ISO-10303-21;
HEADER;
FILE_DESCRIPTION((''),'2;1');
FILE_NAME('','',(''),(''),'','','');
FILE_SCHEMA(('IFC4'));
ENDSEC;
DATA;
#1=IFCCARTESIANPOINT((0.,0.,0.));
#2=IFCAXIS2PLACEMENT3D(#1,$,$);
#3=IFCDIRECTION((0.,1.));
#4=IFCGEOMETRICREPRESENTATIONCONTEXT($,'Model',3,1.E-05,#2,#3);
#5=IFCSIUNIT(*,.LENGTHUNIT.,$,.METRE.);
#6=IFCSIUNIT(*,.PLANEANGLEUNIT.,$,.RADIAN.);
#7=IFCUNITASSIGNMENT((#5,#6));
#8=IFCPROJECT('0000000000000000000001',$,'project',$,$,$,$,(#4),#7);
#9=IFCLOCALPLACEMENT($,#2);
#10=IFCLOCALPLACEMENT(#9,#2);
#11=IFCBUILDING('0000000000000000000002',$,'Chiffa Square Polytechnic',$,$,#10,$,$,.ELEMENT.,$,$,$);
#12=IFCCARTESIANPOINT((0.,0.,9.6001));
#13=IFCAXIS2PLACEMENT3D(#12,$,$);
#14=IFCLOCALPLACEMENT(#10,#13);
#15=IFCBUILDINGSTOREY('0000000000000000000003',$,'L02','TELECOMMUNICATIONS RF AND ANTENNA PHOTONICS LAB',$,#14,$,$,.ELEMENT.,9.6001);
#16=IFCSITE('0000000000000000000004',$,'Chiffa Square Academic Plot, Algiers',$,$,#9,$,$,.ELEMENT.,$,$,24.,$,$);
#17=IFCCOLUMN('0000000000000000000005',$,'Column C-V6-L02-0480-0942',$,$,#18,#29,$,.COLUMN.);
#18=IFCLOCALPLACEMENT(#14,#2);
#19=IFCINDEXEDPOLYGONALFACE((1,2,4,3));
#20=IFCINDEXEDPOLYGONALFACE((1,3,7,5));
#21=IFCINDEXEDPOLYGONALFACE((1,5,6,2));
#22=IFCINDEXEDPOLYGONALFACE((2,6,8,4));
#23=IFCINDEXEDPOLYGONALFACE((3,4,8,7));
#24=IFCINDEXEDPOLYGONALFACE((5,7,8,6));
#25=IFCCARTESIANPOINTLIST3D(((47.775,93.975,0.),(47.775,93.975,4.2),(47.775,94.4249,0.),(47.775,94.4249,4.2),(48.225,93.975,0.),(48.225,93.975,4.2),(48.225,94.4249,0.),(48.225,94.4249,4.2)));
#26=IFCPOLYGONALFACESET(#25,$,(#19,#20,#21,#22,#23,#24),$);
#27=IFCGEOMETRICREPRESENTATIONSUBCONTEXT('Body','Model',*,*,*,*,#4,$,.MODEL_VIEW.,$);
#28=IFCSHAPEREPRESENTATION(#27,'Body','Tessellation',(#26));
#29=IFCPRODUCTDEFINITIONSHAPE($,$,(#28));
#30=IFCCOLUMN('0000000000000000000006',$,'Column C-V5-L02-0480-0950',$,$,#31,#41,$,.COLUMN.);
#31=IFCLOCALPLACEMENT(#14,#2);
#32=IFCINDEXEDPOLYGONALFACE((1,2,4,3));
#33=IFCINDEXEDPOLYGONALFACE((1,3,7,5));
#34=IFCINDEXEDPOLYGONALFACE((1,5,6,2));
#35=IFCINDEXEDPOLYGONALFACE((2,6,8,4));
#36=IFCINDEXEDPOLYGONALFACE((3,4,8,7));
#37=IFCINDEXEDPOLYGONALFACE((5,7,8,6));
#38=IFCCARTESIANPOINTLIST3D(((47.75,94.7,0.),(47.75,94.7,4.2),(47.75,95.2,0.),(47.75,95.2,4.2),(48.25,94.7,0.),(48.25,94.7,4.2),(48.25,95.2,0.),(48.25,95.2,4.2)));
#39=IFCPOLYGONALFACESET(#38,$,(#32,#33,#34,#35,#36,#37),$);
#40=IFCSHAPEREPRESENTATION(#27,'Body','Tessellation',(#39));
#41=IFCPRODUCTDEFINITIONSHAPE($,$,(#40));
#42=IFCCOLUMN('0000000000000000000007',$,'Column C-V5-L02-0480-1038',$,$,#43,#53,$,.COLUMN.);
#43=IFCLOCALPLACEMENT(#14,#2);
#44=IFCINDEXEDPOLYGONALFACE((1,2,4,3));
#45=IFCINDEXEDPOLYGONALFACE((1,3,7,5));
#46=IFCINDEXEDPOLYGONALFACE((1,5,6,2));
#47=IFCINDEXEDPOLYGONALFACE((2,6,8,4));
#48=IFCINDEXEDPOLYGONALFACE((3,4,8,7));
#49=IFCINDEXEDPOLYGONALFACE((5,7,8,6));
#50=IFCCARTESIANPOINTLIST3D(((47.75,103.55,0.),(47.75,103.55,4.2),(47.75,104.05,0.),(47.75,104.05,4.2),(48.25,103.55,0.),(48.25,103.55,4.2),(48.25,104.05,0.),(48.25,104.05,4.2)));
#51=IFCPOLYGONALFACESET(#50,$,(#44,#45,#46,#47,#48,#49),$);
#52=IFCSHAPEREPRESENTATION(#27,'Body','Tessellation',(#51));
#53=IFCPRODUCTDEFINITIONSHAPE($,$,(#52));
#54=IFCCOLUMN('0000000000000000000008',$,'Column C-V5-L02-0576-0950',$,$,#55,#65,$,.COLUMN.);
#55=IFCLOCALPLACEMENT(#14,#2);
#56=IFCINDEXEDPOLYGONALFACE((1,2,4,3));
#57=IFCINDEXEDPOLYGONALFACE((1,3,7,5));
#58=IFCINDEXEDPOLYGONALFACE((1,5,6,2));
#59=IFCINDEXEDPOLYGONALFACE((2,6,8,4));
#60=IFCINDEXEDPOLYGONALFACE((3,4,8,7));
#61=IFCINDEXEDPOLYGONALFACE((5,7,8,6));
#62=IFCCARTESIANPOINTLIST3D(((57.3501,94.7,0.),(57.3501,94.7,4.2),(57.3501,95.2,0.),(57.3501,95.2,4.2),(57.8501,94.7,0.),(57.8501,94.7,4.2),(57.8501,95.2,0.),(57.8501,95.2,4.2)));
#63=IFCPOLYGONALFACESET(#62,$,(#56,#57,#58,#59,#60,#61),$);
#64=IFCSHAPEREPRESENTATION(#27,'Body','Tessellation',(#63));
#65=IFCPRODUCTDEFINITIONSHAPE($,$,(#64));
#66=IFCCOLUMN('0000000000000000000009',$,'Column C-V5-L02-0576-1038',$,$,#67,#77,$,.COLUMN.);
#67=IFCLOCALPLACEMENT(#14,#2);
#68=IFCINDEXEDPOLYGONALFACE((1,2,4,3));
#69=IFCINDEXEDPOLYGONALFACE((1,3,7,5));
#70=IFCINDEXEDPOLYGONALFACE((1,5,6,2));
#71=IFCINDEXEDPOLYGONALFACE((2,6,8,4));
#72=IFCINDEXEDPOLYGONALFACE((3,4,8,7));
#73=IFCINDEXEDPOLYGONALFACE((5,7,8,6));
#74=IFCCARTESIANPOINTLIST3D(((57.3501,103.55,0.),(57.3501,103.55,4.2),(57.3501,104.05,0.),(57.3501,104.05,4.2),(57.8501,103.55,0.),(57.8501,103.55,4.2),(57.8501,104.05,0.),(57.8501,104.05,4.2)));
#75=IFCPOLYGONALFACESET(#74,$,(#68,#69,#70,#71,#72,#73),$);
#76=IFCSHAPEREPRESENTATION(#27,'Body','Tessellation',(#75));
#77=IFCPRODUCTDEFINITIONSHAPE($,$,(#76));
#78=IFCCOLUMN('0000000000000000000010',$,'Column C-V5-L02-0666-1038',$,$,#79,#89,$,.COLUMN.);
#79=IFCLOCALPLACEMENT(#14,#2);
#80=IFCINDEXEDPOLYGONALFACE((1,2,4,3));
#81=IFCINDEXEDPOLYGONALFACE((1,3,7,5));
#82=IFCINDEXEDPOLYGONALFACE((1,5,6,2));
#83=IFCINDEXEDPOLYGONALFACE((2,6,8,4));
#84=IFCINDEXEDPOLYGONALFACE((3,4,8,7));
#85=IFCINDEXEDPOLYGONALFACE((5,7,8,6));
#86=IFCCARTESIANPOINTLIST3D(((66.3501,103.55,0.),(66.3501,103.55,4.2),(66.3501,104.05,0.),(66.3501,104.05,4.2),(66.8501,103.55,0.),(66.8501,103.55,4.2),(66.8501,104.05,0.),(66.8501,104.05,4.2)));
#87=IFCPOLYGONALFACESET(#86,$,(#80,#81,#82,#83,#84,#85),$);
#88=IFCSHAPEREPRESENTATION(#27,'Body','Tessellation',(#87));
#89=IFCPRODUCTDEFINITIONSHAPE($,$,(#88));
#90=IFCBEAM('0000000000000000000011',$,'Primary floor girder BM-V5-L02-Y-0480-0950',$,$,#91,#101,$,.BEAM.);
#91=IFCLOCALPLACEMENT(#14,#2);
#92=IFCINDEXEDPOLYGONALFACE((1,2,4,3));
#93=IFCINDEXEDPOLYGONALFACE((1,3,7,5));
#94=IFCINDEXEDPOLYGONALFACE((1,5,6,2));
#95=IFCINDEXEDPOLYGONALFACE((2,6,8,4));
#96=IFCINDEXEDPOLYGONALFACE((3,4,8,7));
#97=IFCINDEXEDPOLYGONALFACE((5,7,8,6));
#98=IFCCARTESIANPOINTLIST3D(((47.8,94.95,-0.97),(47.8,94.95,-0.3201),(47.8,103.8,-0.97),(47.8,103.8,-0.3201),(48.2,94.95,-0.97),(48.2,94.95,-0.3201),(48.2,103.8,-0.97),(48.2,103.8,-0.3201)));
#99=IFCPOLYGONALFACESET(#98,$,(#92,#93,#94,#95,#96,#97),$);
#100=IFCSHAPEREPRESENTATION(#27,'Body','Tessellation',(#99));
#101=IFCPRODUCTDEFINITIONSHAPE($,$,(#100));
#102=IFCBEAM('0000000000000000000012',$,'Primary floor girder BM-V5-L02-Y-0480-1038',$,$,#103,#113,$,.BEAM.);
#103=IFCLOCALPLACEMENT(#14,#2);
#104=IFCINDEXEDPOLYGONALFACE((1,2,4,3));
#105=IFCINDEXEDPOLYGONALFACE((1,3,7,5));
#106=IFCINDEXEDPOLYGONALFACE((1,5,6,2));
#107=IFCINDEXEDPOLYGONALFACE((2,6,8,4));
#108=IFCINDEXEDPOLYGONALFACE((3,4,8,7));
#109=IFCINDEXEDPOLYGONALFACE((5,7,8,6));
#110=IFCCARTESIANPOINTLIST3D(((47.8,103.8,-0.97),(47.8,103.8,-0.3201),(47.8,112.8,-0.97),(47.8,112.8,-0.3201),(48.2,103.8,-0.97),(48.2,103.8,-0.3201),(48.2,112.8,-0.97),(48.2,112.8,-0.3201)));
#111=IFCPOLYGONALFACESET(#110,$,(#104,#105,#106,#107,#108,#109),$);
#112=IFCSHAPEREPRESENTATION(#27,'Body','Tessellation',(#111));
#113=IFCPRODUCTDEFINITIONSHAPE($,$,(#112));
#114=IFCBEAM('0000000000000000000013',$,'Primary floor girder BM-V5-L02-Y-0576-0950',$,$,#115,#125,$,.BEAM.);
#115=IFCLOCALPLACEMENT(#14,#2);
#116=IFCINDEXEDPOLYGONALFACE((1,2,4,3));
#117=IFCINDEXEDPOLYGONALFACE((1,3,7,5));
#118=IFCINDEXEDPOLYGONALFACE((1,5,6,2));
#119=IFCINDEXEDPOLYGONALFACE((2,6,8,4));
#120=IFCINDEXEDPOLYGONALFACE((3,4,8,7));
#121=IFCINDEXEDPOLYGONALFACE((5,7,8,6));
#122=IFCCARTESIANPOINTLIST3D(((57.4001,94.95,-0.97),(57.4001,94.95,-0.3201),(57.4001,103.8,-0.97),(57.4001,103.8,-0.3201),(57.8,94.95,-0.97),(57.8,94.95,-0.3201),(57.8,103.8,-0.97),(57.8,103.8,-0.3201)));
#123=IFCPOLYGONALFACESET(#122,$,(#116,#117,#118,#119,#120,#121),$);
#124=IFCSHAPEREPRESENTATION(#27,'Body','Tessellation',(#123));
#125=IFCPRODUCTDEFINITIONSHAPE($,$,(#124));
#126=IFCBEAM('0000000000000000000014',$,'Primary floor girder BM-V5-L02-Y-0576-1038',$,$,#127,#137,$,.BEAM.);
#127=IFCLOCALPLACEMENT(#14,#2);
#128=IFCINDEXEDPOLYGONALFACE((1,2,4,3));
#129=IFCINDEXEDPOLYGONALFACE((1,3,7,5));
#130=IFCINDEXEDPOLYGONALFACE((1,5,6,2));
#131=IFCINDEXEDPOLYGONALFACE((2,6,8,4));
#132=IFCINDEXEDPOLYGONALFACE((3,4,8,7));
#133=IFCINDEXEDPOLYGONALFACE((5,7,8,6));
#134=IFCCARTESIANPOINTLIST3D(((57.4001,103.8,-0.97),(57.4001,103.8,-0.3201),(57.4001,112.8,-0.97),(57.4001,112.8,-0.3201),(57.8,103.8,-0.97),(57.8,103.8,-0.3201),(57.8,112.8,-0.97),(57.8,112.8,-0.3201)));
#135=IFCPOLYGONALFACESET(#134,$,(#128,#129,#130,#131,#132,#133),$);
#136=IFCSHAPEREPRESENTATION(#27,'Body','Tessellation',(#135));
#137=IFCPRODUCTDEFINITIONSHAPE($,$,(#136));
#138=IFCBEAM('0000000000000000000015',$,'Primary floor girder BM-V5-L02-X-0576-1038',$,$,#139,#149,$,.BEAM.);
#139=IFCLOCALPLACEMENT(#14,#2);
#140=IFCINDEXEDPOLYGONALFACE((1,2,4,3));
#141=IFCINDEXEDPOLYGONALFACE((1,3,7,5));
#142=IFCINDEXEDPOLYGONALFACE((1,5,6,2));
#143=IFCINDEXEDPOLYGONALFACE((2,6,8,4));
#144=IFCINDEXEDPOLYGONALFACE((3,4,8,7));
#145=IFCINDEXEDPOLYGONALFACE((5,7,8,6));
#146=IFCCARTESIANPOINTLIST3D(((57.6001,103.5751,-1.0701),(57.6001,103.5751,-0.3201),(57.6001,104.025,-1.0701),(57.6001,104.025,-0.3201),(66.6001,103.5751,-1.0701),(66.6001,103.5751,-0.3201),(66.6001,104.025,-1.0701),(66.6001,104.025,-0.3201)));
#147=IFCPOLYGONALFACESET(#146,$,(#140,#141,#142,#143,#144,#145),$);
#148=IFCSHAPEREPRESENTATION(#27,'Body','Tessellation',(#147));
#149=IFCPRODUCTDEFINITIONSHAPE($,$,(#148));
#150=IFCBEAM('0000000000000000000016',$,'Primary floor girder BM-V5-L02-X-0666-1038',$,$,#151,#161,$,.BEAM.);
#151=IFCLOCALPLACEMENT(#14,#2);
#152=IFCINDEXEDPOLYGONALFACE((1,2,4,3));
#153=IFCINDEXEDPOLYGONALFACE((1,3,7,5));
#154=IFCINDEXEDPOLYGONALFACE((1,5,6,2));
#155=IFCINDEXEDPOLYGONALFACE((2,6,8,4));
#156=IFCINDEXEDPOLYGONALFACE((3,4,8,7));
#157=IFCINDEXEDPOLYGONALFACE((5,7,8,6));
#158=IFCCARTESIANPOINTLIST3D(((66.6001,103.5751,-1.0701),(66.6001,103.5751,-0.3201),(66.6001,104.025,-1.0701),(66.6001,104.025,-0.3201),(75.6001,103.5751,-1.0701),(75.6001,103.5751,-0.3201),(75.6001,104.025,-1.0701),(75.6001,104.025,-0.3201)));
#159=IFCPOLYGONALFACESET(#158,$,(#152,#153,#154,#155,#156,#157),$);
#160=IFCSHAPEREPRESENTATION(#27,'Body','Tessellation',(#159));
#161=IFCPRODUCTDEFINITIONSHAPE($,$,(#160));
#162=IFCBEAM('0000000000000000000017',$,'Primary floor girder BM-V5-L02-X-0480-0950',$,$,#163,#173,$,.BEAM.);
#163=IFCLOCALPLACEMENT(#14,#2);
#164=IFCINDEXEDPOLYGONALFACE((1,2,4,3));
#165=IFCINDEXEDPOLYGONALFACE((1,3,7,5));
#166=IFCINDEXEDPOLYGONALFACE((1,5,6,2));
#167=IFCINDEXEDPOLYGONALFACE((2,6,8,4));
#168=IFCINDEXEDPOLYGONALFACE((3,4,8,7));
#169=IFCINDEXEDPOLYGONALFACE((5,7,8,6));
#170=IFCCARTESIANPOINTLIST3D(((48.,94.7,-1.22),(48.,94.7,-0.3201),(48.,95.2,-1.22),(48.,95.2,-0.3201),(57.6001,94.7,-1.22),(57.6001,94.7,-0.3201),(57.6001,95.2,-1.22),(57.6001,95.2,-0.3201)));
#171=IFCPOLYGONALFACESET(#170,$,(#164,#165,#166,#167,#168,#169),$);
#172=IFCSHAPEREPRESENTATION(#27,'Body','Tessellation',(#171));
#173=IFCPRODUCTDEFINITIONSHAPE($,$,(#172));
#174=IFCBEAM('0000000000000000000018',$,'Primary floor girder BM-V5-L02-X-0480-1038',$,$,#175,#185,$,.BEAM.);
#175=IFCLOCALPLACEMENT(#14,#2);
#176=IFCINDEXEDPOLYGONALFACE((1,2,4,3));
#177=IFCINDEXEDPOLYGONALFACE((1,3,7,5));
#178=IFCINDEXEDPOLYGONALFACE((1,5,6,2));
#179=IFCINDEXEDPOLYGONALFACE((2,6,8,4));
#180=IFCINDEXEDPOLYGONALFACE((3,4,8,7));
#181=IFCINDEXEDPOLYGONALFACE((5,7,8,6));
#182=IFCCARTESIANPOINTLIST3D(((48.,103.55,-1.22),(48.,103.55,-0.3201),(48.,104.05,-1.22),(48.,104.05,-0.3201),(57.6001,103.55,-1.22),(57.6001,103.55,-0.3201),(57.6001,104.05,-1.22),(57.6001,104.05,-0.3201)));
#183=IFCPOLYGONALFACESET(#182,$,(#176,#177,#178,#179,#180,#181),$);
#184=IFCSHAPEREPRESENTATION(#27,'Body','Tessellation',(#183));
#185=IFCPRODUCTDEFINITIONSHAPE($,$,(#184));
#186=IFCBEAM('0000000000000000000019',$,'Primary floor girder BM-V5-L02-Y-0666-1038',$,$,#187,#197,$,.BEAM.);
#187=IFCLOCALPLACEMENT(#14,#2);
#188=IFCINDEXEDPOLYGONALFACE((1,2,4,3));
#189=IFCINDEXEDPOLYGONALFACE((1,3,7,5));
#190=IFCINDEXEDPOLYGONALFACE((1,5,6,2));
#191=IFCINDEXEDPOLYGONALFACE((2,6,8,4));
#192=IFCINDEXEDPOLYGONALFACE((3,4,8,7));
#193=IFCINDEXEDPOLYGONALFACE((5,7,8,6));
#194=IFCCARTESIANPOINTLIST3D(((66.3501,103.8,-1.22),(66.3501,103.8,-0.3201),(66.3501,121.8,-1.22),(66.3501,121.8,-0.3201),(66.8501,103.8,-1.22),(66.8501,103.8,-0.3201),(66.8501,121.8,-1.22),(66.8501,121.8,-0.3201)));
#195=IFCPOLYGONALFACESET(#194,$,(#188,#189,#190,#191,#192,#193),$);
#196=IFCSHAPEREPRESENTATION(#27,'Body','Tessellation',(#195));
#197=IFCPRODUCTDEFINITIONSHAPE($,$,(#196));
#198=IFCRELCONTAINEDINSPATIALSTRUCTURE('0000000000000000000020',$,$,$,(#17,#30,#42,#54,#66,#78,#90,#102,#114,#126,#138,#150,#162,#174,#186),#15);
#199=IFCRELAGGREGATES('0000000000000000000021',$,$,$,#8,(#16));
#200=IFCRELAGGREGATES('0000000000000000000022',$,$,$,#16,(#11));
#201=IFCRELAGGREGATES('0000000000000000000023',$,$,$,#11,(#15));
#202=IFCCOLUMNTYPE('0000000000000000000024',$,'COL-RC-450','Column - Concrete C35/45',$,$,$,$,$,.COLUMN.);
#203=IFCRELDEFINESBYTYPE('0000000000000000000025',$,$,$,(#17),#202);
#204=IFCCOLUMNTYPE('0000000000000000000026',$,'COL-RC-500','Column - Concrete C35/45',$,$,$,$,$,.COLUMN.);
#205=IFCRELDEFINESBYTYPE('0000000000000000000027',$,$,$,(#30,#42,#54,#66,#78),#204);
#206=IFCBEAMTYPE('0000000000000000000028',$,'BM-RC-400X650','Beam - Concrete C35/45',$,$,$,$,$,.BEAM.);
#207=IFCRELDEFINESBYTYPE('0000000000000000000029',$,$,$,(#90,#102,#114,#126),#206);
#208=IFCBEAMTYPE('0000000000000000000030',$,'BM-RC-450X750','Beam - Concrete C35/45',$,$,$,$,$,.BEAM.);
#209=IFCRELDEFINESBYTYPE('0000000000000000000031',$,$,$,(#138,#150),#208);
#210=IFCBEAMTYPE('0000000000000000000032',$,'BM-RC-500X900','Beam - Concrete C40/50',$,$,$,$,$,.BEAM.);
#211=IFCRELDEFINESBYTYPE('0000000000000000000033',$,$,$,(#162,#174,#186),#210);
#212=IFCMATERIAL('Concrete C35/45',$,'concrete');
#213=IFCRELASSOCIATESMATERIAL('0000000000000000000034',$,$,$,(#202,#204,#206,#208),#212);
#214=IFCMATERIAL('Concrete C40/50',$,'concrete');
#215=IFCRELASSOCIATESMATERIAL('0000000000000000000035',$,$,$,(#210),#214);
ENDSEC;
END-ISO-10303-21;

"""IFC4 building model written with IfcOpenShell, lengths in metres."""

from ifc_helpers import new_model, si_unit, direction, frame, origin, origin_2d, place, context, subcontext, project, spatial, rectangle, extrude, material, material_profile, profile_set, type_object, element, save


model = new_model("IFC4")

# Units and contexts
model_context = context("Model", 3, precision=1e-05, world=origin(), true_north=direction((0.0, 1.0)))
body_context = subcontext(model_context, "Body", "Model", "MODEL_VIEW")
ifc_project = project(units=[si_unit("LENGTHUNIT", "METRE"), si_unit("PLANEANGLEUNIT", "RADIAN")], contexts=[model_context])

# Site, building, storey
site_placement = place(None, origin())
site = spatial("IfcSite", under=ifc_project, at=site_placement, Name="Chiffa Square Academic Plot, Algiers", CompositionType="ELEMENT", RefElevation=24.0)
building_placement = place(site_placement, origin())
building = spatial("IfcBuilding", under=site, at=building_placement, Name="Chiffa Square Polytechnic", CompositionType="ELEMENT")
storey_placement = place(building_placement, frame((0.0, 0.0, 9.6001)))
storey = spatial("IfcBuildingStorey", under=building, at=storey_placement, Name="L02", Description="TELECOMMUNICATIONS RF AND ANTENNA PHOTONICS LAB", CompositionType="ELEMENT", Elevation=9.6001)

# Columns
ifc_material_1 = material(Name="Concrete C35/45", Category="concrete")
ifc_material_profile_1 = material_profile(ifc_material_1, rectangle(XDim=0.45, YDim=0.45, at=origin_2d()), Name="RC 450x450")
ifc_profile_set_1 = profile_set([ifc_material_profile_1], Name="Concrete C35/45")
column_type_1 = type_object("IfcColumnType", Name="COL-RC-450", Description="Column - Concrete C35/45", PredefinedType="COLUMN", material=ifc_profile_set_1)
column_placement = place(storey_placement, frame((48.0, 94.2, 0.0), z_axis=(0.0, 0.0, 1.0), x_axis=(1.0, 0.0, 0.0)))
element("IfcColumn", 1, at=column_placement, inside=storey, type_object=column_type_1, Name="Column C-V6-L02-0480-0942", PredefinedType="COLUMN", context=body_context, shape_type="SweptSolid", body=[
    extrude(rectangle(XDim=0.45, YDim=0.45, at=origin_2d()), origin(), (0.0, 0.0, 1.0), 4.2),
])
ifc_material_profile_2 = material_profile(ifc_material_1, rectangle(XDim=0.5, YDim=0.5, at=origin_2d()), Name="RC 500x500")
ifc_profile_set_2 = profile_set([ifc_material_profile_2], Name="Concrete C35/45")
column_type_2 = type_object("IfcColumnType", Name="COL-RC-500", Description="Column - Concrete C35/45", PredefinedType="COLUMN", material=ifc_profile_set_2)
for number, where, z_axis, x_axis, name in (
    (2, (48.0, 94.95, 0.0), (0.0, 0.0, 1.0), (1.0, 0.0, 0.0), "Column C-V5-L02-0480-0950"),
    (3, (48.0, 103.8, 0.0), (0.0, 0.0, 1.0), (1.0, 0.0, 0.0), "Column C-V5-L02-0480-1038"),
    (4, (57.6001, 94.95, 0.0), (0.0, 0.0, 1.0), (1.0, 0.0, 0.0), "Column C-V5-L02-0576-0950"),
    (5, (57.6001, 103.8, 0.0), (0.0, 0.0, 1.0), (1.0, 0.0, 0.0), "Column C-V5-L02-0576-1038"),
    (6, (66.6001, 103.8, 0.0), (0.0, 0.0, 1.0), (1.0, 0.0, 0.0), "Column C-V5-L02-0666-1038"),
):
    element("IfcColumn", number, at=place(storey_placement, frame(where, z_axis=z_axis, x_axis=x_axis)), inside=storey, type_object=column_type_2, Name=name, PredefinedType="COLUMN", context=body_context, shape_type="SweptSolid", body=[
        extrude(rectangle(XDim=0.5, YDim=0.5, at=origin_2d()), origin(), (0.0, 0.0, 1.0), 4.2),
    ])

# Beams
ifc_material_profile_3 = material_profile(ifc_material_1, rectangle(XDim=0.3999, YDim=0.6499, at=origin_2d()), Name="RC 400x650")
ifc_profile_set_3 = profile_set([ifc_material_profile_3], Name="Concrete C35/45")
beam_type_1 = type_object("IfcBeamType", Name="BM-RC-400X650", Description="Beam - Concrete C35/45", PredefinedType="BEAM", material=ifc_profile_set_3)
beam_1_placement = place(storey_placement, frame((48.0, 94.95, -0.645), z_axis=(0.0, 1.0, 0.0), x_axis=(-1.0, 0.0, 0.0)))
element("IfcBeam", 7, at=beam_1_placement, inside=storey, type_object=beam_type_1, Name="Primary floor girder BM-V5-L02-Y-0480-0950", PredefinedType="BEAM", context=body_context, shape_type="SweptSolid", body=[
    extrude(rectangle(XDim=0.3999, YDim=0.6499, at=origin_2d()), origin(), (0.0, 0.0, 1.0), 8.8501),
])
beam_2_placement = place(storey_placement, frame((48.0, 103.8, -0.645), z_axis=(0.0, 1.0, 0.0), x_axis=(-1.0, 0.0, 0.0)))
element("IfcBeam", 8, at=beam_2_placement, inside=storey, type_object=beam_type_1, Name="Primary floor girder BM-V5-L02-Y-0480-1038", PredefinedType="BEAM", context=body_context, shape_type="SweptSolid", body=[
    extrude(rectangle(XDim=0.3999, YDim=0.6499, at=origin_2d()), origin(), (0.0, 0.0, 1.0), 9.0),
])
beam_3_placement = place(storey_placement, frame((57.6001, 94.95, -0.645), z_axis=(0.0, 1.0, 0.0), x_axis=(-1.0, 0.0, 0.0)))
element("IfcBeam", 9, at=beam_3_placement, inside=storey, type_object=beam_type_1, Name="Primary floor girder BM-V5-L02-Y-0576-0950", PredefinedType="BEAM", context=body_context, shape_type="SweptSolid", body=[
    extrude(rectangle(XDim=0.3999, YDim=0.6499, at=origin_2d()), origin(), (0.0, 0.0, 1.0), 8.8501),
])
beam_4_placement = place(storey_placement, frame((57.6001, 103.8, -0.645), z_axis=(0.0, 1.0, 0.0), x_axis=(-1.0, 0.0, 0.0)))
element("IfcBeam", 10, at=beam_4_placement, inside=storey, type_object=beam_type_1, Name="Primary floor girder BM-V5-L02-Y-0576-1038", PredefinedType="BEAM", context=body_context, shape_type="SweptSolid", body=[
    extrude(rectangle(XDim=0.3999, YDim=0.6499, at=origin_2d()), origin(), (0.0, 0.0, 1.0), 9.0),
])
ifc_material_profile_4 = material_profile(ifc_material_1, rectangle(XDim=0.45, YDim=0.75, at=origin_2d()), Name="RC 450x750")
ifc_profile_set_4 = profile_set([ifc_material_profile_4], Name="Concrete C35/45")
beam_type_2 = type_object("IfcBeamType", Name="BM-RC-450X750", Description="Beam - Concrete C35/45", PredefinedType="BEAM", material=ifc_profile_set_4)
for number, where, z_axis, x_axis, name in (
    (11, (57.6001, 103.8, -0.6951), (1.0, 0.0, 0.0), (0.0, 1.0, 0.0), "Primary floor girder BM-V5-L02-X-0576-1038"),
    (12, (66.6001, 103.8, -0.6951), (1.0, 0.0, 0.0), (0.0, 1.0, 0.0), "Primary floor girder BM-V5-L02-X-0666-1038"),
):
    element("IfcBeam", number, at=place(storey_placement, frame(where, z_axis=z_axis, x_axis=x_axis)), inside=storey, type_object=beam_type_2, Name=name, PredefinedType="BEAM", context=body_context, shape_type="SweptSolid", body=[
        extrude(rectangle(XDim=0.45, YDim=0.75, at=origin_2d()), origin(), (0.0, 0.0, 1.0), 9.0),
    ])
ifc_material_2 = material(Name="Concrete C40/50", Category="concrete")
ifc_material_profile_5 = material_profile(ifc_material_2, rectangle(XDim=0.5, YDim=0.8999, at=origin_2d()), Name="RC 500x900")
ifc_profile_set_5 = profile_set([ifc_material_profile_5], Name="Concrete C40/50")
beam_type_3 = type_object("IfcBeamType", Name="BM-RC-500X900", Description="Beam - Concrete C40/50", PredefinedType="BEAM", material=ifc_profile_set_5)
for number, where, z_axis, x_axis, name in (
    (13, (48.0, 94.95, -0.77), (1.0, 0.0, 0.0), (0.0, 1.0, 0.0), "Primary floor girder BM-V5-L02-X-0480-0950"),
    (14, (48.0, 103.8, -0.77), (1.0, 0.0, 0.0), (0.0, 1.0, 0.0), "Primary floor girder BM-V5-L02-X-0480-1038"),
):
    element("IfcBeam", number, at=place(storey_placement, frame(where, z_axis=z_axis, x_axis=x_axis)), inside=storey, type_object=beam_type_3, Name=name, PredefinedType="BEAM", context=body_context, shape_type="SweptSolid", body=[
        extrude(rectangle(XDim=0.5, YDim=0.8999, at=origin_2d()), origin(), (0.0, 0.0, 1.0), 9.6001),
    ])
beam_5_placement = place(storey_placement, frame((66.6001, 103.8, -0.77), z_axis=(0.0, 1.0, 0.0), x_axis=(-1.0, 0.0, 0.0)))
element("IfcBeam", 15, at=beam_5_placement, inside=storey, type_object=beam_type_3, Name="Primary floor girder BM-V5-L02-Y-0666-1038", PredefinedType="BEAM", context=body_context, shape_type="SweptSolid", body=[
    extrude(rectangle(XDim=0.5, YDim=0.8999, at=origin_2d()), origin(), (0.0, 0.0, 1.0), 18.0),
])

save(model, "model.ifc")
